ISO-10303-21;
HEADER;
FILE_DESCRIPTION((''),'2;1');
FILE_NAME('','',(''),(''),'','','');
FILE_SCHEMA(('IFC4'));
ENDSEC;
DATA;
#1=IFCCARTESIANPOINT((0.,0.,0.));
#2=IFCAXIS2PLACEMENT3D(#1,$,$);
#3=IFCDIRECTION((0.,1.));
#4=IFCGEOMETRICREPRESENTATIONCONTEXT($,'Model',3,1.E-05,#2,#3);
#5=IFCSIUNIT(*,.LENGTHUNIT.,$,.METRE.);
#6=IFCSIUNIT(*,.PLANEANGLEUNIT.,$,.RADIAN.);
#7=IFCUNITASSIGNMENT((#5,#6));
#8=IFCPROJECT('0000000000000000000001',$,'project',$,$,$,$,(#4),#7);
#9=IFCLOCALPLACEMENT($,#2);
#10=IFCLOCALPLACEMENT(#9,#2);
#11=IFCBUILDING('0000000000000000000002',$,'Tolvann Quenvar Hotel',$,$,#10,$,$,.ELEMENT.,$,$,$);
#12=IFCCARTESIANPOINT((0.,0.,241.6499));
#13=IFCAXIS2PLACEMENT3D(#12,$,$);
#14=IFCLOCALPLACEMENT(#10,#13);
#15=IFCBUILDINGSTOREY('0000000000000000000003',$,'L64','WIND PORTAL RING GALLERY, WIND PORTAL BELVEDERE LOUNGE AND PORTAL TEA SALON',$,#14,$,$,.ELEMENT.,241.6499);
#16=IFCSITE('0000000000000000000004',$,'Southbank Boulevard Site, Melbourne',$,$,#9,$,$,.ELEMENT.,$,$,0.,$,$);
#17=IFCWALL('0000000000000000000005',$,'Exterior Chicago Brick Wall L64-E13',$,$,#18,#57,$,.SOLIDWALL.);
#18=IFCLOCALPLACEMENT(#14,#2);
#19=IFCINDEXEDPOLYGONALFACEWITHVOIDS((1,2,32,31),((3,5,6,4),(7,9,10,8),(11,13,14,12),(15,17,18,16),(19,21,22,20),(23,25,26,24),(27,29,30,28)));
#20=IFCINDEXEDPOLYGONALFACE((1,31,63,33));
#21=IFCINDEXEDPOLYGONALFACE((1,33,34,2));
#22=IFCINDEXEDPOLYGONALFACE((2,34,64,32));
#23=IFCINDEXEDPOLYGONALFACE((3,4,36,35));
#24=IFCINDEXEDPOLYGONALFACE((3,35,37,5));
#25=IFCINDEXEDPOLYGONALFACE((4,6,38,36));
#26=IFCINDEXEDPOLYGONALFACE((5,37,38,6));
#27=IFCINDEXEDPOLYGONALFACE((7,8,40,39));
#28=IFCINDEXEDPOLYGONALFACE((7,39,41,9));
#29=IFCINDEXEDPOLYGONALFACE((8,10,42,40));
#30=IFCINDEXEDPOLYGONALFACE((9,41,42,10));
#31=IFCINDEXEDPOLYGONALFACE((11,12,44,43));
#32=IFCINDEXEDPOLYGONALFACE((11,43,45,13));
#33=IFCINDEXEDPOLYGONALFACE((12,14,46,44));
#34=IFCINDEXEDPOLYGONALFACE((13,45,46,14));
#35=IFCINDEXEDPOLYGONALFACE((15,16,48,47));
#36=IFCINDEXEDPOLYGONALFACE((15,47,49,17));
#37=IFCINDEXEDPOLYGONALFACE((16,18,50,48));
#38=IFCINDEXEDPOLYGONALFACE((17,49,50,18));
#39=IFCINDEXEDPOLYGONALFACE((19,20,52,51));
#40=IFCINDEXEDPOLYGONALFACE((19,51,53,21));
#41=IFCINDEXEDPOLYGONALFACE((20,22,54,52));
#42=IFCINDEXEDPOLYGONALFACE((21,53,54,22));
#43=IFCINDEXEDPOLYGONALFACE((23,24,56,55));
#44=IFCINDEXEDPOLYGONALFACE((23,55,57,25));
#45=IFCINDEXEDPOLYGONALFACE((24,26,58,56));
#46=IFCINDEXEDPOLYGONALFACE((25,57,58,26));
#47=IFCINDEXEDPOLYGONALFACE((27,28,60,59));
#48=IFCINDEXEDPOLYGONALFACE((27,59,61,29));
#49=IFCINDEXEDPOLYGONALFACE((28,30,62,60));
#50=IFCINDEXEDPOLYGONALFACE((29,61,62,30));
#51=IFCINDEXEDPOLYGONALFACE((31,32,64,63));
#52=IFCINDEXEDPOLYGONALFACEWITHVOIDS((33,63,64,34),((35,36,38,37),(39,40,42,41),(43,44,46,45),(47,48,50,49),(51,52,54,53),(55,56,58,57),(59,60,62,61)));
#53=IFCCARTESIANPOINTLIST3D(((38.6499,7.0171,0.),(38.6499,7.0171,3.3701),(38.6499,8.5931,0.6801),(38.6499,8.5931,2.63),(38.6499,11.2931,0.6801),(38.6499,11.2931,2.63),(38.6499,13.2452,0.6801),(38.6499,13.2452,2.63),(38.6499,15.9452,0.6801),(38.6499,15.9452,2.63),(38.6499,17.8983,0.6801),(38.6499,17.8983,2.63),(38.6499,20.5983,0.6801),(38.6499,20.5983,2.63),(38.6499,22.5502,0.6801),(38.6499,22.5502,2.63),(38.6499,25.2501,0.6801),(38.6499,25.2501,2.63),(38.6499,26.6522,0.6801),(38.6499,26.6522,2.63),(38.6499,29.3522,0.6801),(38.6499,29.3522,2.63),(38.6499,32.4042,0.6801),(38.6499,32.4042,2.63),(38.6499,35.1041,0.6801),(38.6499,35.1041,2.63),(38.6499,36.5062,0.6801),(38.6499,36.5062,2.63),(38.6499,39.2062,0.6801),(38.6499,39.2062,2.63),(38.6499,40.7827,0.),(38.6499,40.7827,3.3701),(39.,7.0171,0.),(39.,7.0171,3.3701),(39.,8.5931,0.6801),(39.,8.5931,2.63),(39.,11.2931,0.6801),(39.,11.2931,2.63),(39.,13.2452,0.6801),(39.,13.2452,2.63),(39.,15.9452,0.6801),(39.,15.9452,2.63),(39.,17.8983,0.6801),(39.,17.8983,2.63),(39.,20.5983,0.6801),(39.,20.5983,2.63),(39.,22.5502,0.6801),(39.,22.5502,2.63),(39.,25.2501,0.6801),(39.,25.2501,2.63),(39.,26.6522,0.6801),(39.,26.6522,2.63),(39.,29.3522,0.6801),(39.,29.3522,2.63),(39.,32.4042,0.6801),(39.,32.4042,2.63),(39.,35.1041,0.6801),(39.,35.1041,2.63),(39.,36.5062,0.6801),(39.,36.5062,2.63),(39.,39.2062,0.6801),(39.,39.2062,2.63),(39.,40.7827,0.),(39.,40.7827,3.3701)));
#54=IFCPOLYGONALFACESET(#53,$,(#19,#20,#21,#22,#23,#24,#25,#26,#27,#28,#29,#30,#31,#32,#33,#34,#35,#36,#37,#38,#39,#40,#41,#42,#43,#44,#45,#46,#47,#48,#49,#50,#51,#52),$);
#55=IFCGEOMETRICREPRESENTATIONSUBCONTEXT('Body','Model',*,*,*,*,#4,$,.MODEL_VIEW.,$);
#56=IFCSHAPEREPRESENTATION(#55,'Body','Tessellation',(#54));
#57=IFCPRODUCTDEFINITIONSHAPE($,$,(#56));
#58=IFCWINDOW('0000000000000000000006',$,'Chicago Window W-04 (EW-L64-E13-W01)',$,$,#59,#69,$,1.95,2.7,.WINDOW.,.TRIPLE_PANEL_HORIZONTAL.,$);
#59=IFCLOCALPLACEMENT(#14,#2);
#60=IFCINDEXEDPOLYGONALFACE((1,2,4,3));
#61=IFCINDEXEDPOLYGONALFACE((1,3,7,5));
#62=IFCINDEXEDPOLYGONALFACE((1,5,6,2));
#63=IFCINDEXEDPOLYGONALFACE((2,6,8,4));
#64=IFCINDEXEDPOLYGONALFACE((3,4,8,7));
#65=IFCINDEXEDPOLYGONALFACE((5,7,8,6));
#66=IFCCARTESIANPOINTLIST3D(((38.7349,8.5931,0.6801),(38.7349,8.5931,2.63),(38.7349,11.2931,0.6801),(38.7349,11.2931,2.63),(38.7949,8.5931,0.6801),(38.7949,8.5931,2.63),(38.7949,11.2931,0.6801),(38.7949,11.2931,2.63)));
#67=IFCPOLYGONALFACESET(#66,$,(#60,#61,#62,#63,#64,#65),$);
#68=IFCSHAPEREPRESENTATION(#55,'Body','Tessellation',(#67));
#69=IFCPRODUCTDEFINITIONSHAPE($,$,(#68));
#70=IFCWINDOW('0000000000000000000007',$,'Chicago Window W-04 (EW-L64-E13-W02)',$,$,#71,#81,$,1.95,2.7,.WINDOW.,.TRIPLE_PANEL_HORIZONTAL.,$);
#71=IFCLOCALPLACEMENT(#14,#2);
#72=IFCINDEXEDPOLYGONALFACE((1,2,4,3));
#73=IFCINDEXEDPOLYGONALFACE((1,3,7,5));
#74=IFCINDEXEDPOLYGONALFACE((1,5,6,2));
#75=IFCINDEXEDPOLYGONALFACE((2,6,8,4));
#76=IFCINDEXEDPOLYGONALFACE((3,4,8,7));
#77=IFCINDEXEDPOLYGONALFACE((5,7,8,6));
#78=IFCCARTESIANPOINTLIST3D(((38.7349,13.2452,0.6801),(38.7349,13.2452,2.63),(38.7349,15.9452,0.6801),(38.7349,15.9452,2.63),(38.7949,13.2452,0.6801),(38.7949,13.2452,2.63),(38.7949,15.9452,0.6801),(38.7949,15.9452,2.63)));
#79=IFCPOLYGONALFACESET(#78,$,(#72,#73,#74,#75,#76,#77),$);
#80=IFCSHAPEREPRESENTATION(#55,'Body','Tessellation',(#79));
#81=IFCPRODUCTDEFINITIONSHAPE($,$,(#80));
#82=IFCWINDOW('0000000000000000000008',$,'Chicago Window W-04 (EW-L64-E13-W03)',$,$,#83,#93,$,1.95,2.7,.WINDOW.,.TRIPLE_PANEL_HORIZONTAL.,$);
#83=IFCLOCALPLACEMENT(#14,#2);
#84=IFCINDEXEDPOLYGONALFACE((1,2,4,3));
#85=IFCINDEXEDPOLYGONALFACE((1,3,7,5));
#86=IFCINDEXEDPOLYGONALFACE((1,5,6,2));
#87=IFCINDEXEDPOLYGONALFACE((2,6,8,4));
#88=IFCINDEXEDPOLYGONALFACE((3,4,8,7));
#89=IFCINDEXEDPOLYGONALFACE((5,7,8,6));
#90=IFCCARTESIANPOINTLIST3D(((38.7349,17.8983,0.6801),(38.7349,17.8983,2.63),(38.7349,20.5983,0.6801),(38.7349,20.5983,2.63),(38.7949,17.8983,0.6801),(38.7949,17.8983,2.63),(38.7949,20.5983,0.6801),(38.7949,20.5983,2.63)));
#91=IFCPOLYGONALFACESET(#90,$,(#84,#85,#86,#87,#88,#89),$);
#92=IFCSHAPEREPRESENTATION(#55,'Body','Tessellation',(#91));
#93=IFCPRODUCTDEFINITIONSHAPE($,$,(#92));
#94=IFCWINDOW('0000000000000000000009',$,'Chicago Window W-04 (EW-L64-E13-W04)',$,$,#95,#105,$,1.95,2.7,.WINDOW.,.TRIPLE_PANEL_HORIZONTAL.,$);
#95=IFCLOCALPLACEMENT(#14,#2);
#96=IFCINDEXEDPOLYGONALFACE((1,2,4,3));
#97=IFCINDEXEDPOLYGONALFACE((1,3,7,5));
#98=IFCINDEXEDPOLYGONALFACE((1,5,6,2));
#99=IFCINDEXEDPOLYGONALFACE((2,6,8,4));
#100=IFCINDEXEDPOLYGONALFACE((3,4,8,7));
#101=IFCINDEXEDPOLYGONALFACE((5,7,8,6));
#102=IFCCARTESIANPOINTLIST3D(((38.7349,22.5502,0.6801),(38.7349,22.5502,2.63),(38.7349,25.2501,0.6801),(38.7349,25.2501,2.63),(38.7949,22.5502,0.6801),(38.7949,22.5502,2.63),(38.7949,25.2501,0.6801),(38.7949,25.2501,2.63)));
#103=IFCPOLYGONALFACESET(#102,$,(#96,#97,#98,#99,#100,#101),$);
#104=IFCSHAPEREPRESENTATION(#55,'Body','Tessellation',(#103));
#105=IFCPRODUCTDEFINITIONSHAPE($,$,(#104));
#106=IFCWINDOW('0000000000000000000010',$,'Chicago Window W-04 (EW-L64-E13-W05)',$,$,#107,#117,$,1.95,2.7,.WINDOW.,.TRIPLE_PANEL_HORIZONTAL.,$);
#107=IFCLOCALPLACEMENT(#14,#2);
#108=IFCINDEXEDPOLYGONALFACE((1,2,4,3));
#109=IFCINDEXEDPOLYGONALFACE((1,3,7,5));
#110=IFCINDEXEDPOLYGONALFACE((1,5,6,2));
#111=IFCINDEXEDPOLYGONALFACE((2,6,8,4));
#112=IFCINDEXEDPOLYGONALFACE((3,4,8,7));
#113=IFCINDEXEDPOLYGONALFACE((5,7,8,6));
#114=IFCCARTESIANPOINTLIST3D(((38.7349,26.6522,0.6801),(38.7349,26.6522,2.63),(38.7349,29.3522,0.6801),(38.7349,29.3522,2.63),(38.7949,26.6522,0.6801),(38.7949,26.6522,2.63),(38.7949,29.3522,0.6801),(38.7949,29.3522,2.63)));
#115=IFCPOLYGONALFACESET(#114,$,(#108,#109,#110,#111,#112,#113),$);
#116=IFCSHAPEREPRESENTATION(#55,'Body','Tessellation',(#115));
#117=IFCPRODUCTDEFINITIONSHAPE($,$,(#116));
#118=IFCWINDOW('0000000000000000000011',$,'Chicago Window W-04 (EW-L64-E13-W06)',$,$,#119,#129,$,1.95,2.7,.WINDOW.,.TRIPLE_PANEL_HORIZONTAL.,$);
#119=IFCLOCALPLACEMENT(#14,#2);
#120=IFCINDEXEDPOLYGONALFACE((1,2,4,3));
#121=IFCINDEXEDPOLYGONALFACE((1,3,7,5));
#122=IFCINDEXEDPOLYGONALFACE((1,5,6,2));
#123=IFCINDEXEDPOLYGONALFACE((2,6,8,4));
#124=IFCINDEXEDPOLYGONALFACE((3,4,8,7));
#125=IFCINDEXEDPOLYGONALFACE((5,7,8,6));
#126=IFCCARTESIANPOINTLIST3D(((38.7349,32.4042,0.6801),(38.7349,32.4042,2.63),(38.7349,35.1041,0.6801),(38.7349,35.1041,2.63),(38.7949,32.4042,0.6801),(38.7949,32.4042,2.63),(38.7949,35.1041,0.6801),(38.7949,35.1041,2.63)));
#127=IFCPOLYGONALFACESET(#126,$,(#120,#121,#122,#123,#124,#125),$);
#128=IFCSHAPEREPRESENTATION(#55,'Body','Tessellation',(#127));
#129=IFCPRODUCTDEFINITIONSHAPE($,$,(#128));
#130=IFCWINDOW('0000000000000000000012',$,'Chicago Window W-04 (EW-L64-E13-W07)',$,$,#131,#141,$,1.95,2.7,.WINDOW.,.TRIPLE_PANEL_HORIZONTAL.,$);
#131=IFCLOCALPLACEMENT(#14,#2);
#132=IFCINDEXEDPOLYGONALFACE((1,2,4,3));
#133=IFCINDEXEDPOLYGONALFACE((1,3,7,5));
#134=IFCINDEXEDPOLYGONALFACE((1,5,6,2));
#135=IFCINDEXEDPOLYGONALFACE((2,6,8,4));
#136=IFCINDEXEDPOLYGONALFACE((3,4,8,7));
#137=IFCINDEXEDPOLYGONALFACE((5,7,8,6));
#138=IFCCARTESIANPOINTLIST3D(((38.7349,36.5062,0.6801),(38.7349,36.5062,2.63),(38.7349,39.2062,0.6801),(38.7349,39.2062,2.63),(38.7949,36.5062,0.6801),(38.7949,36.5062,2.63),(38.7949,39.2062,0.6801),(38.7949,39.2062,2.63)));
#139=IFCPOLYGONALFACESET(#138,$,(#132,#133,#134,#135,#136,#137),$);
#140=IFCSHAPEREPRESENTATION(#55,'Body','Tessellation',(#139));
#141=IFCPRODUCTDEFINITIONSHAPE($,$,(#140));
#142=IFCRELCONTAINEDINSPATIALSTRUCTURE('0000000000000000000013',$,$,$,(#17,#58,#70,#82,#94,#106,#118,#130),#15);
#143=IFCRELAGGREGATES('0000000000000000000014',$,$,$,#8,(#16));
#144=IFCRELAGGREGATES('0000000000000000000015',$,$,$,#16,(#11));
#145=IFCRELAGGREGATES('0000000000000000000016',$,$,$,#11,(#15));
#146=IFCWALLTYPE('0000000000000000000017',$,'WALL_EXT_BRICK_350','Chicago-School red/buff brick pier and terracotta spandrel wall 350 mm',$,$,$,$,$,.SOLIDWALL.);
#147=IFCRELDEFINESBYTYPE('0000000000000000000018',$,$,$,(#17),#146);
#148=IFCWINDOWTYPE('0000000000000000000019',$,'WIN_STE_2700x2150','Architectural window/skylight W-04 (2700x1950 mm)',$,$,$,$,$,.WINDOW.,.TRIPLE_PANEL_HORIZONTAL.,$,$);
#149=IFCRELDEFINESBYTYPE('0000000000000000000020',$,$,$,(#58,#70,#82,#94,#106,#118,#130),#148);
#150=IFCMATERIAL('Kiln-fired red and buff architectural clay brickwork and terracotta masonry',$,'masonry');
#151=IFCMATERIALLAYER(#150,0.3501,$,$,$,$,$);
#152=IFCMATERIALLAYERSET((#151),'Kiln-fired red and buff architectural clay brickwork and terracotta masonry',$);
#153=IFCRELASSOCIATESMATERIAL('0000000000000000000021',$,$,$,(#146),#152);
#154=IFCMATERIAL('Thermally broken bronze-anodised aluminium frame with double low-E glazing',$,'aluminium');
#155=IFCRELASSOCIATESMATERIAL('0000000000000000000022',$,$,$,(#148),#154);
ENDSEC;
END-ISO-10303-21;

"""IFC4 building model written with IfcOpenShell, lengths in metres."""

from ifc_helpers import new_model, si_unit, direction, frame, frame_2d, origin, place, context, subcontext, project, spatial, rectangle, extrude, source, transform, mapped, material, layer, layer_set, type_object, type_shapes, element, fill, save


model = new_model("IFC4")

# Units and contexts
model_context = context("Model", 3, precision=1e-05, world=origin(), true_north=direction((0.0, 1.0)))
body_context = subcontext(model_context, "Body", "Model", "MODEL_VIEW")
ifc_project = project(units=[si_unit("LENGTHUNIT", "METRE"), si_unit("PLANEANGLEUNIT", "RADIAN")], contexts=[model_context])

# Site, building, storey
site_placement = place(None, origin())
site = spatial("IfcSite", under=ifc_project, at=site_placement, Name="Southbank Boulevard Site, Melbourne", CompositionType="ELEMENT", RefElevation=0.0)
building_placement = place(site_placement, origin())
building = spatial("IfcBuilding", under=site, at=building_placement, Name="Tolvann Quenvar Hotel", CompositionType="ELEMENT")
storey_placement = place(building_placement, frame((0.0, 0.0, 241.6499)))
storey = spatial("IfcBuildingStorey", under=building, at=storey_placement, Name="L64", Description="WIND PORTAL RING GALLERY, WIND PORTAL BELVEDERE LOUNGE AND PORTAL TEA SALON", CompositionType="ELEMENT", Elevation=241.6499)

# Shared definitions
ifc_material_1 = material(Name="Kiln-fired red and buff architectural clay brickwork and terracotta masonry", Category="masonry")
ifc_layer = layer(ifc_material_1, 0.3501)
ifc_layer_set = layer_set([ifc_layer], Name="Kiln-fired red and buff architectural clay brickwork and terracotta masonry")
wall_type = type_object("IfcWallType", Name="WALL_EXT_BRICK_350", Description="Chicago-School red/buff brick pier and terracotta spandrel wall 350 mm", PredefinedType="SOLIDWALL", material=ifc_layer_set)

# Wall, openings, windows
wall_1_placement = place(storey_placement, frame((38.825, 7.0171, 0.0), z_axis=(0.0, 0.0, 1.0), x_axis=(0.0, 1.0, 0.0)))
wall_1 = element("IfcWall", 1, at=wall_1_placement, inside=storey, type_object=wall_type, Name="Exterior Chicago Brick Wall L64-E13", PredefinedType="SOLIDWALL", context=body_context, shape_type="SweptSolid", body=[
    extrude(rectangle(XDim=33.7656, YDim=0.3501, at=frame_2d((16.8828, 0.0))), origin(), (0.0, 0.0, 1.0), 3.3701),
])
opening_1_placement = place(wall_1_placement, frame((1.5759, 0.0, 0.6799)))
opening_1 = element("IfcOpeningElement", 2, at=opening_1_placement, cuts=wall_1, PredefinedType="OPENING", context=body_context, shape_type="SweptSolid", body=[
    extrude(rectangle(XDim=2.7, YDim=1.95, at=frame_2d((1.3501, 0.9751))), frame((0.0, 0.1851, 0.0), z_axis=(0.0, -1.0, 0.0), x_axis=(1.0, 0.0, 0.0)), (0.0, 0.0, 1.0), 0.3701),
])
opening_2_placement = place(wall_1_placement, frame((6.228, 0.0, 0.6799)))
opening_2 = element("IfcOpeningElement", 3, at=opening_2_placement, cuts=wall_1, PredefinedType="OPENING", context=body_context, shape_type="SweptSolid", body=[
    extrude(rectangle(XDim=2.7, YDim=1.95, at=frame_2d((1.3501, 0.9751))), frame((0.0, 0.1851, 0.0), z_axis=(0.0, -1.0, 0.0), x_axis=(1.0, 0.0, 0.0)), (0.0, 0.0, 1.0), 0.3701),
])
opening_3_placement = place(wall_1_placement, frame((10.8811, 0.0, 0.6799)))
opening_3 = element("IfcOpeningElement", 4, at=opening_3_placement, cuts=wall_1, PredefinedType="OPENING", context=body_context, shape_type="SweptSolid", body=[
    extrude(rectangle(XDim=2.7, YDim=1.95, at=frame_2d((1.3501, 0.9751))), frame((0.0, 0.1851, 0.0), z_axis=(0.0, -1.0, 0.0), x_axis=(1.0, 0.0, 0.0)), (0.0, 0.0, 1.0), 0.3701),
])
opening_4_placement = place(wall_1_placement, frame((15.533, 0.0, 0.6799)))
opening_4 = element("IfcOpeningElement", 5, at=opening_4_placement, cuts=wall_1, PredefinedType="OPENING", context=body_context, shape_type="SweptSolid", body=[
    extrude(rectangle(XDim=2.7, YDim=1.95, at=frame_2d((1.3501, 0.9751))), frame((0.0, 0.1851, 0.0), z_axis=(0.0, -1.0, 0.0), x_axis=(1.0, 0.0, 0.0)), (0.0, 0.0, 1.0), 0.3701),
])
opening_5_placement = place(wall_1_placement, frame((19.635, 0.0, 0.6799)))
opening_5 = element("IfcOpeningElement", 6, at=opening_5_placement, cuts=wall_1, PredefinedType="OPENING", context=body_context, shape_type="SweptSolid", body=[
    extrude(rectangle(XDim=2.7, YDim=1.95, at=frame_2d((1.3501, 0.9751))), frame((0.0, 0.1851, 0.0), z_axis=(0.0, -1.0, 0.0), x_axis=(1.0, 0.0, 0.0)), (0.0, 0.0, 1.0), 0.3701),
])
opening_6_placement = place(wall_1_placement, frame((25.387, 0.0, 0.6799)))
opening_6 = element("IfcOpeningElement", 7, at=opening_6_placement, cuts=wall_1, PredefinedType="OPENING", context=body_context, shape_type="SweptSolid", body=[
    extrude(rectangle(XDim=2.7, YDim=1.95, at=frame_2d((1.3501, 0.9751))), frame((0.0, 0.1851, 0.0), z_axis=(0.0, -1.0, 0.0), x_axis=(1.0, 0.0, 0.0)), (0.0, 0.0, 1.0), 0.3701),
])
opening_7_placement = place(wall_1_placement, frame((29.489, 0.0, 0.6799)))
opening_7 = element("IfcOpeningElement", 8, at=opening_7_placement, cuts=wall_1, PredefinedType="OPENING", context=body_context, shape_type="SweptSolid", body=[
    extrude(rectangle(XDim=2.7, YDim=1.95, at=frame_2d((1.3501, 0.9751))), frame((0.0, 0.1851, 0.0), z_axis=(0.0, -1.0, 0.0), x_axis=(1.0, 0.0, 0.0)), (0.0, 0.0, 1.0), 0.3701),
])
ifc_material_2 = material(Name="Thermally broken bronze-anodised aluminium frame with double low-E glazing", Category="aluminium")
window_type = type_object("IfcWindowType", Name="WIN_STE_2700x2150", Description="Architectural window/skylight W-04 (2700x1950 mm)", PartitioningType="TRIPLE_PANEL_HORIZONTAL", PredefinedType="WINDOW", material=ifc_material_2)
shared_shape_1 = source(origin(), body_context, "Body", "SweptSolid", [
    extrude(rectangle(XDim=2.7, YDim=1.95, at=frame_2d((1.3501, 0.9751))), frame((0.0, 0.0901, 0.0), z_axis=(0.0, -1.0, 0.0), x_axis=(1.0, 0.0, 0.0)), (0.0, 0.0, 1.0), 0.0601),
])
type_shapes(window_type, [shared_shape_1])
window_1_placement = place(opening_1_placement, origin())
window_1 = element("IfcWindow", 9, at=window_1_placement, inside=storey, type_object=window_type, Name="Chicago Window W-04 (EW-L64-E13-W01)", OverallHeight=1.95, OverallWidth=2.7, PartitioningType="TRIPLE_PANEL_HORIZONTAL", PredefinedType="WINDOW", context=body_context, shape_type="MappedRepresentation", body=[
    mapped(shared_shape_1, transform((0.0, 0.0, 0.0), x_axis=(1.0, 0.0, 0.0), y_axis=(0.0, 1.0, 0.0), z_axis=(0.0, 0.0, 1.0), scale=1.0)),
])
fill(opening_1, window_1)
window_2_placement = place(opening_2_placement, origin())
window_2 = element("IfcWindow", 10, at=window_2_placement, inside=storey, type_object=window_type, Name="Chicago Window W-04 (EW-L64-E13-W02)", OverallHeight=1.95, OverallWidth=2.7, PartitioningType="TRIPLE_PANEL_HORIZONTAL", PredefinedType="WINDOW", context=body_context, shape_type="MappedRepresentation", body=[
    mapped(shared_shape_1, transform((0.0, 0.0, 0.0), x_axis=(1.0, 0.0, 0.0), y_axis=(0.0, 1.0, 0.0), z_axis=(0.0, 0.0, 1.0), scale=1.0)),
])
fill(opening_2, window_2)
window_3_placement = place(opening_3_placement, origin())
window_3 = element("IfcWindow", 11, at=window_3_placement, inside=storey, type_object=window_type, Name="Chicago Window W-04 (EW-L64-E13-W03)", OverallHeight=1.95, OverallWidth=2.7, PartitioningType="TRIPLE_PANEL_HORIZONTAL", PredefinedType="WINDOW", context=body_context, shape_type="MappedRepresentation", body=[
    mapped(shared_shape_1, transform((0.0, 0.0, 0.0), x_axis=(1.0, 0.0, 0.0), y_axis=(0.0, 1.0, 0.0), z_axis=(0.0, 0.0, 1.0), scale=1.0)),
])
fill(opening_3, window_3)
window_4_placement = place(opening_4_placement, origin())
window_4 = element("IfcWindow", 12, at=window_4_placement, inside=storey, type_object=window_type, Name="Chicago Window W-04 (EW-L64-E13-W04)", OverallHeight=1.95, OverallWidth=2.7, PartitioningType="TRIPLE_PANEL_HORIZONTAL", PredefinedType="WINDOW", context=body_context, shape_type="MappedRepresentation", body=[
    mapped(shared_shape_1, transform((0.0, 0.0, 0.0), x_axis=(1.0, 0.0, 0.0), y_axis=(0.0, 1.0, 0.0), z_axis=(0.0, 0.0, 1.0), scale=1.0)),
])
fill(opening_4, window_4)
window_5_placement = place(opening_5_placement, origin())
window_5 = element("IfcWindow", 13, at=window_5_placement, inside=storey, type_object=window_type, Name="Chicago Window W-04 (EW-L64-E13-W05)", OverallHeight=1.95, OverallWidth=2.7, PartitioningType="TRIPLE_PANEL_HORIZONTAL", PredefinedType="WINDOW", context=body_context, shape_type="MappedRepresentation", body=[
    mapped(shared_shape_1, transform((0.0, 0.0, 0.0), x_axis=(1.0, 0.0, 0.0), y_axis=(0.0, 1.0, 0.0), z_axis=(0.0, 0.0, 1.0), scale=1.0)),
])
fill(opening_5, window_5)
window_6_placement = place(opening_6_placement, origin())
window_6 = element("IfcWindow", 14, at=window_6_placement, inside=storey, type_object=window_type, Name="Chicago Window W-04 (EW-L64-E13-W06)", OverallHeight=1.95, OverallWidth=2.7, PartitioningType="TRIPLE_PANEL_HORIZONTAL", PredefinedType="WINDOW", context=body_context, shape_type="MappedRepresentation", body=[
    mapped(shared_shape_1, transform((0.0, 0.0, 0.0), x_axis=(1.0, 0.0, 0.0), y_axis=(0.0, 1.0, 0.0), z_axis=(0.0, 0.0, 1.0), scale=1.0)),
])
fill(opening_6, window_6)
window_7_placement = place(opening_7_placement, origin())
window_7 = element("IfcWindow", 15, at=window_7_placement, inside=storey, type_object=window_type, Name="Chicago Window W-04 (EW-L64-E13-W07)", OverallHeight=1.95, OverallWidth=2.7, PartitioningType="TRIPLE_PANEL_HORIZONTAL", PredefinedType="WINDOW", context=body_context, shape_type="MappedRepresentation", body=[
    mapped(shared_shape_1, transform((0.0, 0.0, 0.0), x_axis=(1.0, 0.0, 0.0), y_axis=(0.0, 1.0, 0.0), z_axis=(0.0, 0.0, 1.0), scale=1.0)),
])
fill(opening_7, window_7)

save(model, "model.ifc")
